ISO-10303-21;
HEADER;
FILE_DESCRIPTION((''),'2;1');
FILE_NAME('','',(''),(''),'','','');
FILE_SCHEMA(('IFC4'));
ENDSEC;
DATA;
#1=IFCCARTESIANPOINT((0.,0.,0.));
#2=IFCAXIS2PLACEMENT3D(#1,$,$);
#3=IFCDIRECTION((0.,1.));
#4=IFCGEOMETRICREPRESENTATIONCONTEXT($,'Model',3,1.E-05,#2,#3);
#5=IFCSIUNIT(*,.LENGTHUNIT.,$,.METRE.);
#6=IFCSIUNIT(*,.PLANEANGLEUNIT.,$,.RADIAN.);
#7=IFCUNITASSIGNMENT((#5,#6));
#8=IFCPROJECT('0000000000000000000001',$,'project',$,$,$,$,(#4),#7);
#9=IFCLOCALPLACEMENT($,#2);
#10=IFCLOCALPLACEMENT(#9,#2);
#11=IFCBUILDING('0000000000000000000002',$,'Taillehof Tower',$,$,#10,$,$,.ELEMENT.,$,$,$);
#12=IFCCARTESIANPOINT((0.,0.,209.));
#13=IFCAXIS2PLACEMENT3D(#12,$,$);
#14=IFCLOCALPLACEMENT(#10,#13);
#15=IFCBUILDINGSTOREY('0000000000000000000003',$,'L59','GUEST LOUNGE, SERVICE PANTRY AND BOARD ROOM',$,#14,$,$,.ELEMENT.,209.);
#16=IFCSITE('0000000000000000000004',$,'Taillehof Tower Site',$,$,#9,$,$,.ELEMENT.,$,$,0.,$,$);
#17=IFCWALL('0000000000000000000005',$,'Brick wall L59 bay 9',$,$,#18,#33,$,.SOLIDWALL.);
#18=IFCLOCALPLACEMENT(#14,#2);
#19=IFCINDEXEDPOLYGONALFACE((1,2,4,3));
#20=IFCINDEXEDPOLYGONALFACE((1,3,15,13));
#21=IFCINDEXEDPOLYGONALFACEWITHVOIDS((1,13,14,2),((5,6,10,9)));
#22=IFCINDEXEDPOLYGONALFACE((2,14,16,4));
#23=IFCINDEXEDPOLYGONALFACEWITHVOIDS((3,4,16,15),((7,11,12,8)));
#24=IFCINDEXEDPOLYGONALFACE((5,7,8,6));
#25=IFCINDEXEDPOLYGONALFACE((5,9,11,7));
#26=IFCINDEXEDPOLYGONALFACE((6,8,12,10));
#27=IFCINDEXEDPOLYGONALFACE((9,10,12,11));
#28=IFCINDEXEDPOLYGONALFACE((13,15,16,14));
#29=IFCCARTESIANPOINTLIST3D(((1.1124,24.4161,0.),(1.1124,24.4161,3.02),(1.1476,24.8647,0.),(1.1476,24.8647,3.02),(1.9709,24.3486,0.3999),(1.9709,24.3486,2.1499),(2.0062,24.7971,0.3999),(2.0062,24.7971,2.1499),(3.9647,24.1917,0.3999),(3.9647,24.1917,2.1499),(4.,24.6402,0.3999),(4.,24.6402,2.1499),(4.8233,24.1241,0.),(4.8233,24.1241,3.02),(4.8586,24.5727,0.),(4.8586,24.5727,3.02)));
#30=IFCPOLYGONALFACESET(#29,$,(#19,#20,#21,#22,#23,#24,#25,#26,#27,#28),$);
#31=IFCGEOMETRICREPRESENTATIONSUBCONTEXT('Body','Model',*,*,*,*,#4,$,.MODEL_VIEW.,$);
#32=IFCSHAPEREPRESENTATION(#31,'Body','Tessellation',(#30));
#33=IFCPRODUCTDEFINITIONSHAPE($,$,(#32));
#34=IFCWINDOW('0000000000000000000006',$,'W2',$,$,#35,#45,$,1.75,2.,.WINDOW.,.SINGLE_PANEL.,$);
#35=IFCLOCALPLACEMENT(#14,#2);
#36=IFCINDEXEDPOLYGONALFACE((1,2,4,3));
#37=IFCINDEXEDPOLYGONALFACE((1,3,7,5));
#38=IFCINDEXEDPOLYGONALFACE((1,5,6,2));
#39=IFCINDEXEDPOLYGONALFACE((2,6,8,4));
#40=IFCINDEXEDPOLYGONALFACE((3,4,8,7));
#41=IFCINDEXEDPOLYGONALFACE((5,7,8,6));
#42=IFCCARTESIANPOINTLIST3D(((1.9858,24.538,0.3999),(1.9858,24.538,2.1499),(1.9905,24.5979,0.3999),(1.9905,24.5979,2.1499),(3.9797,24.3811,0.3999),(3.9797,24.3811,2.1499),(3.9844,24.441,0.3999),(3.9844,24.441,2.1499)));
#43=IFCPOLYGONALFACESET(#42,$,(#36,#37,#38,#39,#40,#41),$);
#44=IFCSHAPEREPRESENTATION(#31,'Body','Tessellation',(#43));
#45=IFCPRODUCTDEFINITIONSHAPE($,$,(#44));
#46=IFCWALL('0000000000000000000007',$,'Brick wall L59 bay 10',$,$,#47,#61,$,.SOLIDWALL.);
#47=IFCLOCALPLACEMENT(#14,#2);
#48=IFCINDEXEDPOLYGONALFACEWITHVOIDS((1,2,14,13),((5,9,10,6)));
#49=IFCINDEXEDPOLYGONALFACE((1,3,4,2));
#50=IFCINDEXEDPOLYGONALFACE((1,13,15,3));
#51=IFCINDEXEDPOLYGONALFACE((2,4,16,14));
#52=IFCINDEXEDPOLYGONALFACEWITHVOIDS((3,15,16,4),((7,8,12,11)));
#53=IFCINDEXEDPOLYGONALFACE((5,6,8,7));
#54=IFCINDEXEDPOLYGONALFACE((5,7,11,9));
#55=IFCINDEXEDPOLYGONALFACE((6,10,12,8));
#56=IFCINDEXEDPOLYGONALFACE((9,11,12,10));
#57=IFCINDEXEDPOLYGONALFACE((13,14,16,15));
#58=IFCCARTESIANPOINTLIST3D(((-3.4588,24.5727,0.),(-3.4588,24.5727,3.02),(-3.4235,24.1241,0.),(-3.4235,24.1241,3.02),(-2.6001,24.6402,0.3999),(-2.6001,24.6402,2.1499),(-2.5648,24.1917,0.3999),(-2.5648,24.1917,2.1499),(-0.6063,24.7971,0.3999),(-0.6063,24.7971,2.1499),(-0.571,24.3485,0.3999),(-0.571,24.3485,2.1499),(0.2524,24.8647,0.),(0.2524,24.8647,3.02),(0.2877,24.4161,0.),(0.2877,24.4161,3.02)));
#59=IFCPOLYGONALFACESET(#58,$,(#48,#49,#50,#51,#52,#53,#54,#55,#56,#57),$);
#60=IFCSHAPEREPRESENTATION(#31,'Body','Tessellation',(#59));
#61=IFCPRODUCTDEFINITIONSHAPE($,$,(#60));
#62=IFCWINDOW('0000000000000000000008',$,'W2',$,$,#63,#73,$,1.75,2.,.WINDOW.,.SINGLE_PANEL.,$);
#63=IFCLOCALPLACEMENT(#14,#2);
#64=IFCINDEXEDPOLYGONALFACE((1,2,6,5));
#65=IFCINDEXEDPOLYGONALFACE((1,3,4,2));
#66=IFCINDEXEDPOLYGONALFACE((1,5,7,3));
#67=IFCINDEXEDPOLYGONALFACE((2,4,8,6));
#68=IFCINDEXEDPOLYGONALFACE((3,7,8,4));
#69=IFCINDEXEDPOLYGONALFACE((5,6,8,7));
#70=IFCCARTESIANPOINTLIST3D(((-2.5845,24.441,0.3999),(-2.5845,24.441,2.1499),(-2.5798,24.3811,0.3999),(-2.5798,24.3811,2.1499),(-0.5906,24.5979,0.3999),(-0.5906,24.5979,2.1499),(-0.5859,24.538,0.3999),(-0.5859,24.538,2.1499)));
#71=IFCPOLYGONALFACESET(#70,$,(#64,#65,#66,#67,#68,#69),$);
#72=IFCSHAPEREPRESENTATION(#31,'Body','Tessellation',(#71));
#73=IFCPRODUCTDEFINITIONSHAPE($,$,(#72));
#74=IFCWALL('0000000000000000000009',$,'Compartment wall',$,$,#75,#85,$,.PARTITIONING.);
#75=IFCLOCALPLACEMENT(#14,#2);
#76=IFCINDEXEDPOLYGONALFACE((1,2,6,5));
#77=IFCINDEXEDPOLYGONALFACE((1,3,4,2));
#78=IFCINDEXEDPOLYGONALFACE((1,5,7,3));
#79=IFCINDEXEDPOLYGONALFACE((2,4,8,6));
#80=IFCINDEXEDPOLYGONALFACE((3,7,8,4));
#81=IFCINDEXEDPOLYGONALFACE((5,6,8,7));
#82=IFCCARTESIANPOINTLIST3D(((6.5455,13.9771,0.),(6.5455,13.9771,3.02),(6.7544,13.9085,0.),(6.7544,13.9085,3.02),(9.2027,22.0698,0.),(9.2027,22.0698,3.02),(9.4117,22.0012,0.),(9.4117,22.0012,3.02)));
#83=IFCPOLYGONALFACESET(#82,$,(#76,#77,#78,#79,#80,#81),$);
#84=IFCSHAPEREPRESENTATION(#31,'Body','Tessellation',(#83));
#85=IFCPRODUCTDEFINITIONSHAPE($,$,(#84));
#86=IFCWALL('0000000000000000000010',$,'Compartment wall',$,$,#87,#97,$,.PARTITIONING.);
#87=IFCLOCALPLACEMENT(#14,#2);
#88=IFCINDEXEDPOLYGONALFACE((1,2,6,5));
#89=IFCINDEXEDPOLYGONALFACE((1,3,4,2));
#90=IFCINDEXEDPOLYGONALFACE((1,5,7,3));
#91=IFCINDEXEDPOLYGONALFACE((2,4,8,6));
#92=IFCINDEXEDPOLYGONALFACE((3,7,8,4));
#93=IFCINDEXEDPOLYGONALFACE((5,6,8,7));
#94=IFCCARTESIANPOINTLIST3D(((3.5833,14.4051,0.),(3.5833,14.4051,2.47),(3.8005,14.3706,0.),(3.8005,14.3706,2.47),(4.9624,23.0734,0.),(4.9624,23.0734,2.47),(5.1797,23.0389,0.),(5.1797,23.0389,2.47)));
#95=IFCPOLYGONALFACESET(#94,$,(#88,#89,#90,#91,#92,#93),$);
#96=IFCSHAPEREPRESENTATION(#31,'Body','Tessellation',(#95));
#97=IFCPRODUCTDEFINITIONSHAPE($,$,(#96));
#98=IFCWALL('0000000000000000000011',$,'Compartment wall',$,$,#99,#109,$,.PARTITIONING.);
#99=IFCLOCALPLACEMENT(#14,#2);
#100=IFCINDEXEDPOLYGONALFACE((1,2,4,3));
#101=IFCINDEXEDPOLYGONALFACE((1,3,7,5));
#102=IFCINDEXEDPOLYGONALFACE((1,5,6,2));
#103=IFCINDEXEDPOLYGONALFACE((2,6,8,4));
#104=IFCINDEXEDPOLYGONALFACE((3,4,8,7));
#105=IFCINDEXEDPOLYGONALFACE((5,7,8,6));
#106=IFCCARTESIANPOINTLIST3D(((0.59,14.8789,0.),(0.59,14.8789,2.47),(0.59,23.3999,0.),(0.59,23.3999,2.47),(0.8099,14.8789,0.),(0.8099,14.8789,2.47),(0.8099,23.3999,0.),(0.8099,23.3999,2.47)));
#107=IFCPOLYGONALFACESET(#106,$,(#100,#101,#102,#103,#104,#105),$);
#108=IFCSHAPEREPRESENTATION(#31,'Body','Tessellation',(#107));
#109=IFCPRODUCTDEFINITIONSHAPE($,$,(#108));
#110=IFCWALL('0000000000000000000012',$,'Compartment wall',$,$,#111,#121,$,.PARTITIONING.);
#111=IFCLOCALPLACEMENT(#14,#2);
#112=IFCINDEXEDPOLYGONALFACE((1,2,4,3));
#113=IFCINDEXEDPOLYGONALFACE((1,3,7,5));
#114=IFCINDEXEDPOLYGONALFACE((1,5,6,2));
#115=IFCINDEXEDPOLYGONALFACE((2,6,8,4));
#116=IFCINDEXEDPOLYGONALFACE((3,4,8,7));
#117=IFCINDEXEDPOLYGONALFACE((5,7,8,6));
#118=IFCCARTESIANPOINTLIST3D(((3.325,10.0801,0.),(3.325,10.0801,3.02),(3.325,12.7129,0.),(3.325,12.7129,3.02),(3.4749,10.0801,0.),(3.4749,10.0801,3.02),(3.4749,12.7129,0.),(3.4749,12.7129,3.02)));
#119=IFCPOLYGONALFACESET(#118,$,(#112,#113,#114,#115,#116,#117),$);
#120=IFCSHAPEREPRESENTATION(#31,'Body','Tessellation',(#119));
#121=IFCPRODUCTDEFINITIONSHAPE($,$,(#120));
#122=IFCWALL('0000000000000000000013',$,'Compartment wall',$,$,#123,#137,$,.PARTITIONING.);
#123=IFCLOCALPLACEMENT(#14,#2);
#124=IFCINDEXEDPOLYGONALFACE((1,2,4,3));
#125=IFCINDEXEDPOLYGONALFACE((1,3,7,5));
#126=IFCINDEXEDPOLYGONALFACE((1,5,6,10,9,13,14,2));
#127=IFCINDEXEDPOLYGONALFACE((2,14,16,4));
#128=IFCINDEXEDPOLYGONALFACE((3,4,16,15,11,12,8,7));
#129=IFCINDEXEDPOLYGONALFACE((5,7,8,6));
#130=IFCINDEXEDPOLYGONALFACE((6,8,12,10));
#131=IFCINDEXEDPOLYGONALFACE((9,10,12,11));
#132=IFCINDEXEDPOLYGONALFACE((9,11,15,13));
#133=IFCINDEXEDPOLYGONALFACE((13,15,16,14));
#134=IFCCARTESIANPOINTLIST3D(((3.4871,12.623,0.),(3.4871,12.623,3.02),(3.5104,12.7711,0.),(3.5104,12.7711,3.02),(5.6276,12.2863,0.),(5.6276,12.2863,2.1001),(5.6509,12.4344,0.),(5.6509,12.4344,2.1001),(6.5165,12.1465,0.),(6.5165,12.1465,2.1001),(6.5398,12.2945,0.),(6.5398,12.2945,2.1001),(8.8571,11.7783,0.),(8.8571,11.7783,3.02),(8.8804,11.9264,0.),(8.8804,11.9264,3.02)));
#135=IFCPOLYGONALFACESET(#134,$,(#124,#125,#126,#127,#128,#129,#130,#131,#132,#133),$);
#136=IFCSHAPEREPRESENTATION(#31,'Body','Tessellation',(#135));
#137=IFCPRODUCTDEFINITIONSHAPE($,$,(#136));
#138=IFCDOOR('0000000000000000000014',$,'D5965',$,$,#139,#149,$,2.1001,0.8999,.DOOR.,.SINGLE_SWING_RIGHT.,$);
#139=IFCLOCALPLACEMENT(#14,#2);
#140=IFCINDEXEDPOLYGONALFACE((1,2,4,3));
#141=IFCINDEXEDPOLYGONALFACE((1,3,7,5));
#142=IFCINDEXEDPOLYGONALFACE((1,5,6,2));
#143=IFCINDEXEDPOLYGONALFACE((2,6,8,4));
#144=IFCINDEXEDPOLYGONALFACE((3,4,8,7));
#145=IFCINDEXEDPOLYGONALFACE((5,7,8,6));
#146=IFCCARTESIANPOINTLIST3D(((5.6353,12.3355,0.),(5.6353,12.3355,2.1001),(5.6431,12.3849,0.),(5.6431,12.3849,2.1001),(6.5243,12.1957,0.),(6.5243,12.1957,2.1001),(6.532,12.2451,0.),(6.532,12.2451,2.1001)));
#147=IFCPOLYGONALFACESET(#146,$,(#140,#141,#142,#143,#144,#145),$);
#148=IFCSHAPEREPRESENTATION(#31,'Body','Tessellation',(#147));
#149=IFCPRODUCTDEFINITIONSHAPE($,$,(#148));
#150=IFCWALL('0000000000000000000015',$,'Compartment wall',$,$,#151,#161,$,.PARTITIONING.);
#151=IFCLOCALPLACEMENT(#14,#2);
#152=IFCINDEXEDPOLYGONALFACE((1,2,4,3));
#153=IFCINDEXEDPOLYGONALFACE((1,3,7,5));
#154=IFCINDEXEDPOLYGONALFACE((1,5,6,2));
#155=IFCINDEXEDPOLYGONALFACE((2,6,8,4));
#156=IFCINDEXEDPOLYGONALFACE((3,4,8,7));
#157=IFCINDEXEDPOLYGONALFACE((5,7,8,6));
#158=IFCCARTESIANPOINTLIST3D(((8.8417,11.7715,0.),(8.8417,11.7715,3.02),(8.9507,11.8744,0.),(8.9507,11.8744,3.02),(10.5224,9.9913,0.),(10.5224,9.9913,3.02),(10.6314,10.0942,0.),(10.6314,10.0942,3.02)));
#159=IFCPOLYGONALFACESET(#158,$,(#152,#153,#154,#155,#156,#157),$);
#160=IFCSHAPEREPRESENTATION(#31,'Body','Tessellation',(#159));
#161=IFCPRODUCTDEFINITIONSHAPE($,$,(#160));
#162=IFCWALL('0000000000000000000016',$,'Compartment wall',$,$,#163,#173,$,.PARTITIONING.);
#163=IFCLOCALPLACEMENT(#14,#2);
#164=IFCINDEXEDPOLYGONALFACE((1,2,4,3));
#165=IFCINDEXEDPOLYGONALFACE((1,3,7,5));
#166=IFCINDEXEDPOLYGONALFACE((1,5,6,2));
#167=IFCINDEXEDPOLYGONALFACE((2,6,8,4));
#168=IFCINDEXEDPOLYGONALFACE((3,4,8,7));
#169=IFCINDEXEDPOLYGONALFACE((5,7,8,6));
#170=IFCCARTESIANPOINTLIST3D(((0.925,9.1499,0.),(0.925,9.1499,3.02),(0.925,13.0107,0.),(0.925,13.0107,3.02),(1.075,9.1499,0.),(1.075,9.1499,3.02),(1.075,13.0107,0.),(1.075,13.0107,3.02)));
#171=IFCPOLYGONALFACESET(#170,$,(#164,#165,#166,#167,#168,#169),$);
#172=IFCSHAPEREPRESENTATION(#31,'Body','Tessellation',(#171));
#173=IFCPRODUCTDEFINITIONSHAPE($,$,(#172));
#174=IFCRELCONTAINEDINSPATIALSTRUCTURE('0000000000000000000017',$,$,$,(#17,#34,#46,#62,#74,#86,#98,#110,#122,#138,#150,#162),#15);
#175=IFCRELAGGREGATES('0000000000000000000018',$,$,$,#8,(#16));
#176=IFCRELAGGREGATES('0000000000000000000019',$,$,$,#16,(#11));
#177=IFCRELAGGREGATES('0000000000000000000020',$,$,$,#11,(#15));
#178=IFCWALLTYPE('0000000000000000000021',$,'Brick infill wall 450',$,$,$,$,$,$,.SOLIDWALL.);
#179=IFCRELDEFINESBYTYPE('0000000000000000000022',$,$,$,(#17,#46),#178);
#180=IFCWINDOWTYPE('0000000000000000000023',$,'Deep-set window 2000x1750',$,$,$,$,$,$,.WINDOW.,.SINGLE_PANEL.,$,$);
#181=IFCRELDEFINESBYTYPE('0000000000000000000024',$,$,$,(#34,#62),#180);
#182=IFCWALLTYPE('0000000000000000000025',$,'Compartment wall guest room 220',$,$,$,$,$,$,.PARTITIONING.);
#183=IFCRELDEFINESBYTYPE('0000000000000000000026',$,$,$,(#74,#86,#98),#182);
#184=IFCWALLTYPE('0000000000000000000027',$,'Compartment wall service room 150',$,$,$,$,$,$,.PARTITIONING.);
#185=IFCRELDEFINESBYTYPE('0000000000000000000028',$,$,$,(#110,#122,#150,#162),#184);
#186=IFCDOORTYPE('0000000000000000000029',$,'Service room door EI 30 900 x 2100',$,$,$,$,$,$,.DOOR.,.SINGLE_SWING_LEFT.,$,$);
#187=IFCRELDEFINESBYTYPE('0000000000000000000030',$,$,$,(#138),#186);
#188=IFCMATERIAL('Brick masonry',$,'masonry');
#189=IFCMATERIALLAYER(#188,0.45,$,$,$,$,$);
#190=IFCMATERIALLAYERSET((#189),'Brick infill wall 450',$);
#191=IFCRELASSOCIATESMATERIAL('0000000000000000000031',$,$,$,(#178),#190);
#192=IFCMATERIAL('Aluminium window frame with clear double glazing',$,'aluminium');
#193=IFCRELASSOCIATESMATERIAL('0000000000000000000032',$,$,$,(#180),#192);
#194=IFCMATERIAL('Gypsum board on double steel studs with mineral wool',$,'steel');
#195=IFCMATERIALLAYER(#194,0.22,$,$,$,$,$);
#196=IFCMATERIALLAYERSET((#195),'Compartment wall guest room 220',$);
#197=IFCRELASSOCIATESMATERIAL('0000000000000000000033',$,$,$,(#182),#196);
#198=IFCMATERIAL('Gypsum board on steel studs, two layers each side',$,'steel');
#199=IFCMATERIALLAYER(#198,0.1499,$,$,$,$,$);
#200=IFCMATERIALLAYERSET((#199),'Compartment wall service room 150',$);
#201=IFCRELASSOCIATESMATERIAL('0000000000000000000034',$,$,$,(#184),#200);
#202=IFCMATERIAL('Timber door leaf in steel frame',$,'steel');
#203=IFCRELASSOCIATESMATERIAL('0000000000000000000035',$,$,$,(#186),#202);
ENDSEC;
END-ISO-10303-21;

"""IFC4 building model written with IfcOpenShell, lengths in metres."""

from ifc_helpers import new_model, si_unit, direction, frame, frame_2d, origin, place, context, subcontext, project, spatial, rectangle, extrude, material, layer, layer_set, type_object, element, fill, save


model = new_model("IFC4")

# Units and contexts
model_context = context("Model", 3, precision=1e-05, world=origin(), true_north=direction((0.0, 1.0)))
body_context = subcontext(model_context, "Body", "Model", "MODEL_VIEW")
ifc_project = project(units=[si_unit("LENGTHUNIT", "METRE"), si_unit("PLANEANGLEUNIT", "RADIAN")], contexts=[model_context])

# Site, building, storey
site_placement = place(None, origin())
site = spatial("IfcSite", under=ifc_project, at=site_placement, Name="Taillehof Tower Site", CompositionType="ELEMENT", RefElevation=0.0)
building_placement = place(site_placement, origin())
building = spatial("IfcBuilding", under=site, at=building_placement, Name="Taillehof Tower", CompositionType="ELEMENT")
storey_placement = place(building_placement, frame((0.0, 0.0, 209.0)))
storey = spatial("IfcBuildingStorey", under=building, at=storey_placement, Name="L59", Description="GUEST LOUNGE, SERVICE PANTRY AND BOARD ROOM", CompositionType="ELEMENT", Elevation=209.0)

# Walls, openings, windows
ifc_material_1 = material(Name="Brick masonry", Category="masonry")
ifc_layer_1 = layer(ifc_material_1, 0.45)
ifc_layer_set_1 = layer_set([ifc_layer_1], Name="Brick infill wall 450")
wall_type_1 = type_object("IfcWallType", Name="Brick infill wall 450", PredefinedType="SOLIDWALL", material=ifc_layer_set_1)
ifc_material_2 = material(Name="Aluminium window frame with clear double glazing", Category="aluminium")
window_type = type_object("IfcWindowType", Name="Deep-set window 2000x1750", PartitioningType="SINGLE_PANEL", PredefinedType="WINDOW", material=ifc_material_2)
wall_1_placement = place(storey_placement, frame((4.8411, 24.3484, 0.0), z_axis=(0.0, 0.0, 1.0), x_axis=(-0.996919, 0.078442, 0.0)))
wall_1 = element("IfcWall", 1, at=wall_1_placement, inside=storey, type_object=wall_type_1, Name="Brick wall L59 bay 9", PredefinedType="SOLIDWALL", context=body_context, shape_type="SweptSolid", body=[
    extrude(rectangle(XDim=3.7224, YDim=0.45, at=frame_2d((1.8613, 0.0))), origin(), (0.0, 0.0, 1.0), 3.02),
])
opening_1_placement = place(wall_1_placement, frame((0.8613, 0.0, 0.3999)))
opening_1 = element("IfcOpeningElement", 2, at=opening_1_placement, cuts=wall_1, PredefinedType="OPENING", context=body_context, shape_type="SweptSolid", body=[
    extrude(rectangle(XDim=2.0, YDim=1.75, at=frame_2d((1.0, 0.875))), frame((0.0, 0.2349, 0.0), z_axis=(0.0, -1.0, 0.0), x_axis=(1.0, 0.0, 0.0)), (0.0, 0.0, 1.0), 0.47),
])
window_1_placement = place(opening_1_placement, origin())
window_1 = element("IfcWindow", 3, at=window_1_placement, inside=storey, type_object=window_type, Name="W2", OverallHeight=1.75, OverallWidth=2.0, PartitioningType="SINGLE_PANEL", PredefinedType="WINDOW", context=body_context, shape_type="SweptSolid", body=[
    extrude(rectangle(XDim=2.0, YDim=1.75, at=frame_2d((1.0, 0.875))), frame((0.0, 0.0349, 0.0), z_axis=(0.0, -1.0, 0.0), x_axis=(1.0, 0.0, 0.0)), (0.0, 0.0, 1.0), 0.0601),
])
fill(opening_1, window_1)
wall_2_placement = place(storey_placement, frame((0.27, 24.6404, 0.0), z_axis=(0.0, 0.0, 1.0), x_axis=(-0.996919, -0.078437, 0.0)))
wall_2 = element("IfcWall", 4, at=wall_2_placement, inside=storey, type_object=wall_type_1, Name="Brick wall L59 bay 10", PredefinedType="SOLIDWALL", context=body_context, shape_type="SweptSolid", body=[
    extrude(rectangle(XDim=3.7227, YDim=0.45, at=frame_2d((1.8613, 0.0))), origin(), (0.0, 0.0, 1.0), 3.02),
])
opening_2_placement = place(wall_2_placement, frame((0.8613, 0.0, 0.3999)))
opening_2 = element("IfcOpeningElement", 5, at=opening_2_placement, cuts=wall_2, PredefinedType="OPENING", context=body_context, shape_type="SweptSolid", body=[
    extrude(rectangle(XDim=2.0, YDim=1.75, at=frame_2d((1.0, 0.875))), frame((0.0, 0.2349, 0.0), z_axis=(0.0, -1.0, 0.0), x_axis=(1.0, 0.0, 0.0)), (0.0, 0.0, 1.0), 0.47),
])
window_2_placement = place(opening_2_placement, origin())
window_2 = element("IfcWindow", 6, at=window_2_placement, inside=storey, type_object=window_type, Name="W2", OverallHeight=1.75, OverallWidth=2.0, PartitioningType="SINGLE_PANEL", PredefinedType="WINDOW", context=body_context, shape_type="SweptSolid", body=[
    extrude(rectangle(XDim=2.0, YDim=1.75, at=frame_2d((1.0, 0.875))), frame((0.0, 0.0349, 0.0), z_axis=(0.0, -1.0, 0.0), x_axis=(1.0, 0.0, 0.0)), (0.0, 0.0, 1.0), 0.0601),
])
fill(opening_2, window_2)

# Walls
ifc_material_3 = material(Name="Gypsum board on double steel studs with mineral wool", Category="steel")
ifc_layer_2 = layer(ifc_material_3, 0.22)
ifc_layer_set_2 = layer_set([ifc_layer_2], Name="Compartment wall guest room 220")
wall_type_2 = type_object("IfcWallType", Name="Compartment wall guest room 220", PredefinedType="PARTITIONING", material=ifc_layer_set_2)
wall_3_placement = place(storey_placement, frame((9.3071, 22.0354, 0.0), z_axis=(0.0, 0.0, 1.0), x_axis=(-0.31196, -0.950095, 0.0)))
element("IfcWall", 7, at=wall_3_placement, inside=storey, type_object=wall_type_2, Name="Compartment wall", PredefinedType="PARTITIONING", context=body_context, shape_type="SweptSolid", body=[
    extrude(rectangle(XDim=8.5178, YDim=0.22, at=frame_2d((4.2588, 0.0))), origin(), (0.0, 0.0, 1.0), 3.02),
])
wall_4_placement = place(storey_placement, frame((5.071, 23.0562, 0.0), z_axis=(0.0, 0.0, 1.0), x_axis=(-0.157128, -0.987578, 0.0)))
element("IfcWall", 8, at=wall_4_placement, inside=storey, type_object=wall_type_2, Name="Compartment wall", PredefinedType="PARTITIONING", context=body_context, shape_type="SweptSolid", body=[
    extrude(rectangle(XDim=8.7773, YDim=0.22, at=frame_2d((4.3887, 0.0))), origin(), (0.0, 0.0, 1.0), 2.47),
])
wall_5_placement = place(storey_placement, frame((0.7, 23.3999, 0.0), z_axis=(0.0, 0.0, 1.0), x_axis=(0.0, -1.0, 0.0)))
element("IfcWall", 9, at=wall_5_placement, inside=storey, type_object=wall_type_2, Name="Compartment wall", PredefinedType="PARTITIONING", context=body_context, shape_type="SweptSolid", body=[
    extrude(rectangle(XDim=8.521, YDim=0.22, at=frame_2d((4.2605, 0.0))), origin(), (0.0, 0.0, 1.0), 2.47),
])
ifc_material_4 = material(Name="Gypsum board on steel studs, two layers each side", Category="steel")
ifc_layer_3 = layer(ifc_material_4, 0.1499)
ifc_layer_set_3 = layer_set([ifc_layer_3], Name="Compartment wall service room 150")
wall_type_3 = type_object("IfcWallType", Name="Compartment wall service room 150", PredefinedType="PARTITIONING", material=ifc_layer_set_3)
wall_6_placement = place(storey_placement, frame((3.3999, 10.0801, 0.0), z_axis=(0.0, 0.0, 1.0), x_axis=(0.0, 1.0, 0.0)))
element("IfcWall", 10, at=wall_6_placement, inside=storey, type_object=wall_type_3, Name="Compartment wall", PredefinedType="PARTITIONING", context=body_context, shape_type="SweptSolid", body=[
    extrude(rectangle(XDim=2.6328, YDim=0.1499, at=frame_2d((1.3164, 0.0))), origin(), (0.0, 0.0, 1.0), 3.02),
])

# Wall, opening, door
wall_7_placement = place(storey_placement, frame((3.4988, 12.697, 0.0), z_axis=(0.0, 0.0, 1.0), x_axis=(0.987853, -0.155391, 0.0)))
wall_7 = element("IfcWall", 11, at=wall_7_placement, inside=storey, type_object=wall_type_3, Name="Compartment wall", PredefinedType="PARTITIONING", context=body_context, shape_type="SweptSolid", body=[
    extrude(rectangle(XDim=5.436, YDim=0.1499, at=frame_2d((2.718, 0.0))), origin(), (0.0, 0.0, 1.0), 3.02),
])
opening_3_placement = place(wall_7_placement, frame((2.1667, 0.0, 0.0)))
opening_3 = element("IfcOpeningElement", 12, at=opening_3_placement, cuts=wall_7, PredefinedType="OPENING", context=body_context, shape_type="SweptSolid", body=[
    extrude(rectangle(XDim=0.8999, YDim=2.1001, at=frame_2d((0.45, 1.05))), frame((0.0, 0.085, 0.0), z_axis=(0.0, -1.0, 0.0), x_axis=(1.0, 0.0, 0.0)), (0.0, 0.0, 1.0), 0.1699),
])
ifc_material_5 = material(Name="Timber door leaf in steel frame", Category="steel")
door_type = type_object("IfcDoorType", Name="Service room door EI 30 900 x 2100", OperationType="SINGLE_SWING_LEFT", PredefinedType="DOOR", material=ifc_material_5)
door_placement = place(opening_3_placement, origin())
door = element("IfcDoor", 13, at=door_placement, inside=storey, type_object=door_type, Name="D5965", OperationType="SINGLE_SWING_RIGHT", OverallHeight=2.1001, OverallWidth=0.8999, PredefinedType="DOOR", context=body_context, shape_type="SweptSolid", body=[
    extrude(rectangle(XDim=0.8999, YDim=2.1001, at=frame_2d((0.45, 1.05))), frame((0.0, 0.0249, 0.0), z_axis=(0.0, -1.0, 0.0), x_axis=(1.0, 0.0, 0.0)), (0.0, 0.0, 1.0), 0.05),
])
fill(opening_3, door)

# Walls
wall_8_placement = place(storey_placement, frame((8.8962, 11.823, 0.0), z_axis=(0.0, 0.0, 1.0), x_axis=(0.686471, -0.727157, 0.0)))
element("IfcWall", 14, at=wall_8_placement, inside=storey, type_object=wall_type_3, Name="Compartment wall", PredefinedType="PARTITIONING", context=body_context, shape_type="SweptSolid", body=[
    extrude(rectangle(XDim=2.4482, YDim=0.1499, at=frame_2d((1.2241, 0.0))), origin(), (0.0, 0.0, 1.0), 3.02),
])
wall_9_placement = place(storey_placement, frame((1.0, 13.0107, 0.0), z_axis=(0.0, 0.0, 1.0), x_axis=(0.0, -1.0, 0.0)))
element("IfcWall", 15, at=wall_9_placement, inside=storey, type_object=wall_type_3, Name="Compartment wall", PredefinedType="PARTITIONING", context=body_context, shape_type="SweptSolid", body=[
    extrude(rectangle(XDim=3.8608, YDim=0.1499, at=frame_2d((1.9304, 0.0))), origin(), (0.0, 0.0, 1.0), 3.02),
])

save(model, "model.ifc")
